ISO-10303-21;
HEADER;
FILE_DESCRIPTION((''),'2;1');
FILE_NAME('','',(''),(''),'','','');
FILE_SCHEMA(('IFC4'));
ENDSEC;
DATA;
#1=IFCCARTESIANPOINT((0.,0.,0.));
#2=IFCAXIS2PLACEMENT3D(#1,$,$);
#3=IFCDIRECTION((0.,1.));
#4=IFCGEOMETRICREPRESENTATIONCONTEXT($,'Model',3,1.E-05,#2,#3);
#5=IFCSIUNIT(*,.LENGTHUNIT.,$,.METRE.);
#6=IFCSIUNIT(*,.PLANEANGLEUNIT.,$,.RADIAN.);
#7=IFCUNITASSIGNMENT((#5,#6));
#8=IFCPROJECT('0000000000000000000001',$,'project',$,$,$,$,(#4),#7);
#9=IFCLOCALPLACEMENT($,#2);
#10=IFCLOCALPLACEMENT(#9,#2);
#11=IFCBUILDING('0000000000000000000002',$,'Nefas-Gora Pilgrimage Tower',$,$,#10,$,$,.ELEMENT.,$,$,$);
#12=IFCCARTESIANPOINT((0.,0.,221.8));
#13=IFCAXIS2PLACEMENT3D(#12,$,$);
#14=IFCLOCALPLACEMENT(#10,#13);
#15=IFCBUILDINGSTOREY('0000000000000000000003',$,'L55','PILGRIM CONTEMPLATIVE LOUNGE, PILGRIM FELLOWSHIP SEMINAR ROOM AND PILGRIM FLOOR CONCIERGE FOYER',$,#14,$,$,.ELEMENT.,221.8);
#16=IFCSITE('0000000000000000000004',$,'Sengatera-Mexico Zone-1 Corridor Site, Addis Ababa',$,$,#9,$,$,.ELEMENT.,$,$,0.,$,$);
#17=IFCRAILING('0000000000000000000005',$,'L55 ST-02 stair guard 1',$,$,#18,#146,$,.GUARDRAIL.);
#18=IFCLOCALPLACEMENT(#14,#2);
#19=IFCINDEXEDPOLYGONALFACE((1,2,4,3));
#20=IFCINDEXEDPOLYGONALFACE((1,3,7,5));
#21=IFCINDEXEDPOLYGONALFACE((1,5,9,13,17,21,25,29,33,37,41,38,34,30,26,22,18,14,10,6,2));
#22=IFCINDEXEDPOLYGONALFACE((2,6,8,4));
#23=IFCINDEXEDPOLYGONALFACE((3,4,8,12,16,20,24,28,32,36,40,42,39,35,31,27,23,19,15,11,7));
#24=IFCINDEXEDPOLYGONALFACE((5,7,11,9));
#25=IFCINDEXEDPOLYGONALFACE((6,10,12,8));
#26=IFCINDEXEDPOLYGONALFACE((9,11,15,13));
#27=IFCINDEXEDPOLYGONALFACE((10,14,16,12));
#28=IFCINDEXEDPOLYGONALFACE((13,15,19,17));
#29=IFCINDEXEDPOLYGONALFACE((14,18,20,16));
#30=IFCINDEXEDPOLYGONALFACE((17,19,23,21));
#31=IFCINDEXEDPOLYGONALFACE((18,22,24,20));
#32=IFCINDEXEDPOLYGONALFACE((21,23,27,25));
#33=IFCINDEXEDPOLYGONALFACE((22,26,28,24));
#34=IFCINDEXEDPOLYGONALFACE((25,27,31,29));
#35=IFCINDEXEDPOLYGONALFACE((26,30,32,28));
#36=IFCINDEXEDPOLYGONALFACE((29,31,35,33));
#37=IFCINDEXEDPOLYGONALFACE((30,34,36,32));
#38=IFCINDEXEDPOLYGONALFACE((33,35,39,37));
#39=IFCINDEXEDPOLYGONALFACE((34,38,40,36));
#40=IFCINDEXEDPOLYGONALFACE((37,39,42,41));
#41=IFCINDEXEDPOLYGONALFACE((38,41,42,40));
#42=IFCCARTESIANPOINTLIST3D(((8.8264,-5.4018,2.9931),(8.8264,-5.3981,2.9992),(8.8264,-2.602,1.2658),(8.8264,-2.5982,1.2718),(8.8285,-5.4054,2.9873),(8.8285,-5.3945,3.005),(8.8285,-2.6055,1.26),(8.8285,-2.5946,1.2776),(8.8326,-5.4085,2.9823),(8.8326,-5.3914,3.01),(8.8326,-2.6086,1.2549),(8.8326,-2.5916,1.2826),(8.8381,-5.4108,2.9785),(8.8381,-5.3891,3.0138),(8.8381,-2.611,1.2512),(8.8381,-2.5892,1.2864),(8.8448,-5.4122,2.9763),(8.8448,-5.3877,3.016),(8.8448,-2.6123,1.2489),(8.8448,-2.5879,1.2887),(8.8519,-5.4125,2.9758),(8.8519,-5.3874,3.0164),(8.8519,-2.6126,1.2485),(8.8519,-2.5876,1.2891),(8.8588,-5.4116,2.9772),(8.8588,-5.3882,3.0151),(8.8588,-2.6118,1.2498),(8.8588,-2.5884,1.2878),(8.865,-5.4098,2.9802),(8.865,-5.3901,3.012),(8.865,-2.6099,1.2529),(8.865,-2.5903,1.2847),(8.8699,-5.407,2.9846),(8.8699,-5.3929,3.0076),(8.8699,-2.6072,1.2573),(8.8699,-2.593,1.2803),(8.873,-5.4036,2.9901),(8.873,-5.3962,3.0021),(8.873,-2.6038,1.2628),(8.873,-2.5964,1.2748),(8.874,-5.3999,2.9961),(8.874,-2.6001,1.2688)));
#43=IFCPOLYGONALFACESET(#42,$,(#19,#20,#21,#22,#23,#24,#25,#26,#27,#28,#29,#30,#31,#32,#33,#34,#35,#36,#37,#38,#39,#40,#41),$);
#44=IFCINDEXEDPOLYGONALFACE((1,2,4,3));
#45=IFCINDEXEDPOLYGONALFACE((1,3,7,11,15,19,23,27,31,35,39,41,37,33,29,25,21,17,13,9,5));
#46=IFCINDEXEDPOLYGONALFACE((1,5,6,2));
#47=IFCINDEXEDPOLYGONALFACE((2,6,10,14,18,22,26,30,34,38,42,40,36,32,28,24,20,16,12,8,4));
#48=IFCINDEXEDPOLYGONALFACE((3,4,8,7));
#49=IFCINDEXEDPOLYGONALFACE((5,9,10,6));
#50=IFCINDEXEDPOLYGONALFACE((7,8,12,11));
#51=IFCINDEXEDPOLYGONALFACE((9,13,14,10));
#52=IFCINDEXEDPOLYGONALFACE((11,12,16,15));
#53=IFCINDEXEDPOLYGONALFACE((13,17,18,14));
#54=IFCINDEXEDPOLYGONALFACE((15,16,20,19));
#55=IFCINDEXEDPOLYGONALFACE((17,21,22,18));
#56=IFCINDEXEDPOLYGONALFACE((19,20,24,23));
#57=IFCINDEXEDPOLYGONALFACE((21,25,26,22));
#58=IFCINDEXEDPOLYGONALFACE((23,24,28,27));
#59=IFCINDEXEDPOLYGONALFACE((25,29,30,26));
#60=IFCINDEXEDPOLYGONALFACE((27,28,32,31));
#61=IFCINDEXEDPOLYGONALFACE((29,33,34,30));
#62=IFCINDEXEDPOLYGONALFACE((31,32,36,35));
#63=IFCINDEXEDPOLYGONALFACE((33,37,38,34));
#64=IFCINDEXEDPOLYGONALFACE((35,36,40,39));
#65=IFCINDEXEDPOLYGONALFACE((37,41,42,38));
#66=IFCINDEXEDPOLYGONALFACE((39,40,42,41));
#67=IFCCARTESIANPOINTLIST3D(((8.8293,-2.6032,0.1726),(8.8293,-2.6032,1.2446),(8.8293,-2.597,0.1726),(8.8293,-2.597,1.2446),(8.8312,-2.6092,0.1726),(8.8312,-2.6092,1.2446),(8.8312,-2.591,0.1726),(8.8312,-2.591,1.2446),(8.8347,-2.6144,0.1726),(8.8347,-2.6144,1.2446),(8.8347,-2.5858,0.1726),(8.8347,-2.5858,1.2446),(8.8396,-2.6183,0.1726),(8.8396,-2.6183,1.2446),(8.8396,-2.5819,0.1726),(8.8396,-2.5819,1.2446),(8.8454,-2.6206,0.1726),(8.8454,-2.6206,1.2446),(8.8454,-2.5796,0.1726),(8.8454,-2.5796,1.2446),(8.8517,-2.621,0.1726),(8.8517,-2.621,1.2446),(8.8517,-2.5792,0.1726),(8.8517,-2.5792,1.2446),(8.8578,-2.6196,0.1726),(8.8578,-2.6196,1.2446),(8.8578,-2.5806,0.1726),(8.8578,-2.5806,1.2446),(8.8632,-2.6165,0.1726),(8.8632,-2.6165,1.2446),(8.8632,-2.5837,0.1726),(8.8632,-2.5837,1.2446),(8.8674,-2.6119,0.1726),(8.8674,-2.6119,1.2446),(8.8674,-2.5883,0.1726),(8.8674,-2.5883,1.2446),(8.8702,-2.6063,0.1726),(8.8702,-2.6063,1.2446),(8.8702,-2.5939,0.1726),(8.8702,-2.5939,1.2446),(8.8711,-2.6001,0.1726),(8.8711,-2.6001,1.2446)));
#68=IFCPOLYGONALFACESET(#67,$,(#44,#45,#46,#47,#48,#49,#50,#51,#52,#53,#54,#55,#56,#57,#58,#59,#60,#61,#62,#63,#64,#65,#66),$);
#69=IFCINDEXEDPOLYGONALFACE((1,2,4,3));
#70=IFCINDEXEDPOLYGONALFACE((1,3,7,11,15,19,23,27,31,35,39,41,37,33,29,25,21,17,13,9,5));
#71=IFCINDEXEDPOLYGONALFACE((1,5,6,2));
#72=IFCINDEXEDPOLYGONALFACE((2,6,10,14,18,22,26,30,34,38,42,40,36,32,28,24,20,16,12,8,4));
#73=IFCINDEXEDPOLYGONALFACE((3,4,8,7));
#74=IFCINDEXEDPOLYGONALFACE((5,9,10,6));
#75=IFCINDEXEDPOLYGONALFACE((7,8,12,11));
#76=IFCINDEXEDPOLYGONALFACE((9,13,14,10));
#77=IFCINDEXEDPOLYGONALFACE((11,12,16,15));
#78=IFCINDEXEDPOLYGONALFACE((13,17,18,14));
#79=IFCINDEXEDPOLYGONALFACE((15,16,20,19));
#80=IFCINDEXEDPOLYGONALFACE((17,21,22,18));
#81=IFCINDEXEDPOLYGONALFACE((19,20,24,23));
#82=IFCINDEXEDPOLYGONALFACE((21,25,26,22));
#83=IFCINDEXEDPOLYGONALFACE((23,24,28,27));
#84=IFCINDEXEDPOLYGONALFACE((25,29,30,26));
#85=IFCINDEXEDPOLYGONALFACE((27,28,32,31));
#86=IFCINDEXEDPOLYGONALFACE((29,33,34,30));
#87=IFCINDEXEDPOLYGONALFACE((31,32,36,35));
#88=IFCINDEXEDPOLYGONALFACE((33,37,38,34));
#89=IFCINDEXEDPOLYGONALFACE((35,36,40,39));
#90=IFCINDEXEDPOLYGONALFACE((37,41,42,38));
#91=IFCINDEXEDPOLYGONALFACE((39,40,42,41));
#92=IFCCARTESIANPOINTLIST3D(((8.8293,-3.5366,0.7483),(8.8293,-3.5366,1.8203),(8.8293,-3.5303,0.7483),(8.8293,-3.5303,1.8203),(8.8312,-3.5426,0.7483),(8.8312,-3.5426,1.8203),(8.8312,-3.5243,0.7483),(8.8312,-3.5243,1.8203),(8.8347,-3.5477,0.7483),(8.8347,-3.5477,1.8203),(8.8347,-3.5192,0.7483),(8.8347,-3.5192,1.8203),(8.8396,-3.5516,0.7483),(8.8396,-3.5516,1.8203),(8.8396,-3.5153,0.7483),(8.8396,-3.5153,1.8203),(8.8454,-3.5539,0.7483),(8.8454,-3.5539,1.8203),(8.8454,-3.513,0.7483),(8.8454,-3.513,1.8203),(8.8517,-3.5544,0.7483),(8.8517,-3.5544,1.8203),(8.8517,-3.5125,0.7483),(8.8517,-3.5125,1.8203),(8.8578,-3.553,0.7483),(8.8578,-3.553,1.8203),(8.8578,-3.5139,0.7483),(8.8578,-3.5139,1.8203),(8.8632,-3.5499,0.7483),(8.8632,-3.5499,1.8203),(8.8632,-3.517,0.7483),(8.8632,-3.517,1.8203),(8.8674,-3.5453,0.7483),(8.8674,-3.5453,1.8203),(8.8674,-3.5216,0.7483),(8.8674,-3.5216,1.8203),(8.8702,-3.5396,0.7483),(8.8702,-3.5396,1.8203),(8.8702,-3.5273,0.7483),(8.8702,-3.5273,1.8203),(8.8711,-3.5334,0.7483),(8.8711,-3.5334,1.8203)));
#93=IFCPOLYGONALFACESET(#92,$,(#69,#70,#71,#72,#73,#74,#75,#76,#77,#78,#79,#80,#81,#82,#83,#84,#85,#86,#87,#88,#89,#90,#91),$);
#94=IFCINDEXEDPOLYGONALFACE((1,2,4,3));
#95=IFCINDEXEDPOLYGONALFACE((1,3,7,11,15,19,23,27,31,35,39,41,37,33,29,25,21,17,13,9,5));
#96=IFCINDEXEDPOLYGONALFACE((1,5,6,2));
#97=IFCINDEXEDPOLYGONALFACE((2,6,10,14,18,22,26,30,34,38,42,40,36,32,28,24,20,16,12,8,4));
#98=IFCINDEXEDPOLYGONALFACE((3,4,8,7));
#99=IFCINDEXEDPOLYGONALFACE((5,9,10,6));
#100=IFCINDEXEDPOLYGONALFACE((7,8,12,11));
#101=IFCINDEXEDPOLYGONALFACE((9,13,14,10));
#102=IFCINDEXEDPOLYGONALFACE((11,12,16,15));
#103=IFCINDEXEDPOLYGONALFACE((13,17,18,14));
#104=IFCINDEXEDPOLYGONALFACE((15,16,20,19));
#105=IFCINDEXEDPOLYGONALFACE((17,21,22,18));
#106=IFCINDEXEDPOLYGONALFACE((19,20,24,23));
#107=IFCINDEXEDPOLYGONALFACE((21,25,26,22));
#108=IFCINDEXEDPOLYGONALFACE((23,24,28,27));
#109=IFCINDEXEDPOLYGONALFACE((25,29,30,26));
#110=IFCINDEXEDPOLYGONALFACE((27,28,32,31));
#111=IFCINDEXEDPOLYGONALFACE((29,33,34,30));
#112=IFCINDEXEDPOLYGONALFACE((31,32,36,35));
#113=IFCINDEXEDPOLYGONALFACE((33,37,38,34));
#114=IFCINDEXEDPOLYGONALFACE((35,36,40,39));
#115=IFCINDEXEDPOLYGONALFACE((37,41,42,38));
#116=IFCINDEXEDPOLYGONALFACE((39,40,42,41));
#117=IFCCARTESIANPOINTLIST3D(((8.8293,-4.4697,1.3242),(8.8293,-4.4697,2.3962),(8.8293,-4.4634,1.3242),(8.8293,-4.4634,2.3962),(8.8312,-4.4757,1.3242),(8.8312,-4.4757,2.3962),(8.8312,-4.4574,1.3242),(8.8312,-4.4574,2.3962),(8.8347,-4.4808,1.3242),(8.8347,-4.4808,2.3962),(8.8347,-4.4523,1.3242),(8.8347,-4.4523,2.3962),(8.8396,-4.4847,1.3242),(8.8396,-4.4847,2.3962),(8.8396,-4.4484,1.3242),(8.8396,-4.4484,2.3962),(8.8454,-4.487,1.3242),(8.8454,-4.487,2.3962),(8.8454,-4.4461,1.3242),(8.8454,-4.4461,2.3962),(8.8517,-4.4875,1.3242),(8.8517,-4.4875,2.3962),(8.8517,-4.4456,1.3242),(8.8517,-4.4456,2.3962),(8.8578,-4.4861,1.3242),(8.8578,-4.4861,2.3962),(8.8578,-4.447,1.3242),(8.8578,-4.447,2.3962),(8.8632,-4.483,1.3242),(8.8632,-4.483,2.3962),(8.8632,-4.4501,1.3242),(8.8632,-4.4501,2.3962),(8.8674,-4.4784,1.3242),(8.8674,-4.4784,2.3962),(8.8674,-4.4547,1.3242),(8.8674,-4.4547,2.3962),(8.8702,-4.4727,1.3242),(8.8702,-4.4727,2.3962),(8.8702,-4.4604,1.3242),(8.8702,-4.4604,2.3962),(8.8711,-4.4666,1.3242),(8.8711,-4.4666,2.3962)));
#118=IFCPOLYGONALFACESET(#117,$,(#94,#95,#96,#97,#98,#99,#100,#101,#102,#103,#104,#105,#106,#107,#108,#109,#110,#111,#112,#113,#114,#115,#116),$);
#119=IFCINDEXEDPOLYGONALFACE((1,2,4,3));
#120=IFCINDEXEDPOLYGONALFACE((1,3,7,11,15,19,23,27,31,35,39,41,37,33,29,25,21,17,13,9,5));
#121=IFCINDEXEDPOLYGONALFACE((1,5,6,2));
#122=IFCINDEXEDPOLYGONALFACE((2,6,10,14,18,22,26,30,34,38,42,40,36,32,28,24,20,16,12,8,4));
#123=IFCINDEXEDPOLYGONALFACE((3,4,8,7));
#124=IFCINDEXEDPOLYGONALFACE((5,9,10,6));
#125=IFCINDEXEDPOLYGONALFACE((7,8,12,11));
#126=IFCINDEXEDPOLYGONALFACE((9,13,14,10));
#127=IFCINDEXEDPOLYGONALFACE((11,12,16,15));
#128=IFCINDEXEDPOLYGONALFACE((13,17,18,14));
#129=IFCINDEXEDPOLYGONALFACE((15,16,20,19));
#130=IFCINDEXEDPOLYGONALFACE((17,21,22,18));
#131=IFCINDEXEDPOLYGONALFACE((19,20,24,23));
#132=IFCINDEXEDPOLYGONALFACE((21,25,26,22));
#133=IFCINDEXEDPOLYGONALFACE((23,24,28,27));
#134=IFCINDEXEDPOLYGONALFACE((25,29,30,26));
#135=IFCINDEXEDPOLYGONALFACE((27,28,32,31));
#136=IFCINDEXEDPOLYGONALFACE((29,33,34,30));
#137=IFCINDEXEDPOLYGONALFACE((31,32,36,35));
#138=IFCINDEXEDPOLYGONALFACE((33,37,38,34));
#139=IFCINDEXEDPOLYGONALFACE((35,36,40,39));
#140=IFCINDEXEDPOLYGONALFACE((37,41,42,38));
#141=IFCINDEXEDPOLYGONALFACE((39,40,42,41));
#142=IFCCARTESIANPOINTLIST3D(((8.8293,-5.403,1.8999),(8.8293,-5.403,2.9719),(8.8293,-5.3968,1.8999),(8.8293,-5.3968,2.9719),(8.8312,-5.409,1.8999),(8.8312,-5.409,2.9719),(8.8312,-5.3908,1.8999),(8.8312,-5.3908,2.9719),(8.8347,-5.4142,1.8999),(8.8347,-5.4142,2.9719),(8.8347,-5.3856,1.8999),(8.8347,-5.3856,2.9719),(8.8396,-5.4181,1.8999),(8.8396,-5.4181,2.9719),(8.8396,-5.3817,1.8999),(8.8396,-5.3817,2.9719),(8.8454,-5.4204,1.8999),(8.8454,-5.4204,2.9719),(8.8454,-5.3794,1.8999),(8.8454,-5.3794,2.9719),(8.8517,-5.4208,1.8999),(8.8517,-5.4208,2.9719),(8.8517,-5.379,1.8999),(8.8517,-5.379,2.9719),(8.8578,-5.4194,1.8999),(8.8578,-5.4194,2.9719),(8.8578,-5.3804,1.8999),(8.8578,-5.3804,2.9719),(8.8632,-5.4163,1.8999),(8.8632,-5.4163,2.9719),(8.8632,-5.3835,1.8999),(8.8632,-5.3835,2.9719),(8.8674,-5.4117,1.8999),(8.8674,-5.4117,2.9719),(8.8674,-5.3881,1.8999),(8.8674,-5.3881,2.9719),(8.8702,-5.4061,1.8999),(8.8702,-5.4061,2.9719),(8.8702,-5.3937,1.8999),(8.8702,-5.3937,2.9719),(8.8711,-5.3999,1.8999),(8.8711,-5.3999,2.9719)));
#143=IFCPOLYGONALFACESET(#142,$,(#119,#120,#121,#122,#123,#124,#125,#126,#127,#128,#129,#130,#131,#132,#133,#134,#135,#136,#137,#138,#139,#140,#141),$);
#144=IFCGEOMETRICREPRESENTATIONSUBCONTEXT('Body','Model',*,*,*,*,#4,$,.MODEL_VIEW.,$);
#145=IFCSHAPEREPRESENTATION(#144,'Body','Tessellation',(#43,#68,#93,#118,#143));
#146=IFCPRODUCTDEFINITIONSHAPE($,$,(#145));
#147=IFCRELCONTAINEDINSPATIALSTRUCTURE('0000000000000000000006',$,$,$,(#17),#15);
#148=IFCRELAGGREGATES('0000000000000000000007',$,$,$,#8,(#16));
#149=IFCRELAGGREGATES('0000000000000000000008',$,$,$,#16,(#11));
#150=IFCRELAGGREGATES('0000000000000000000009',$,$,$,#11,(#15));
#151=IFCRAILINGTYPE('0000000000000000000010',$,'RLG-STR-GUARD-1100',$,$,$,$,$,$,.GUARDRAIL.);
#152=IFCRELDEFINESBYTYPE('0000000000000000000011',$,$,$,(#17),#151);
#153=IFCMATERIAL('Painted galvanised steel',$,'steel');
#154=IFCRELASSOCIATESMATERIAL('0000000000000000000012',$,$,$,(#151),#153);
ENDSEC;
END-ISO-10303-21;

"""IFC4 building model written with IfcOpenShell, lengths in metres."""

from ifc_helpers import new_model, si_unit, direction, frame, origin, origin_2d, place, context, subcontext, project, spatial, circle, extrude, material, type_object, element, save


model = new_model("IFC4")

# Units and contexts
model_context = context("Model", 3, precision=1e-05, world=origin(), true_north=direction((0.0, 1.0)))
body_context = subcontext(model_context, "Body", "Model", "MODEL_VIEW")
ifc_project = project(units=[si_unit("LENGTHUNIT", "METRE"), si_unit("PLANEANGLEUNIT", "RADIAN")], contexts=[model_context])

# Site, building, storey
site_placement = place(None, origin())
site = spatial("IfcSite", under=ifc_project, at=site_placement, Name="Sengatera-Mexico Zone-1 Corridor Site, Addis Ababa", CompositionType="ELEMENT", RefElevation=0.0)
building_placement = place(site_placement, origin())
building = spatial("IfcBuilding", under=site, at=building_placement, Name="Nefas-Gora Pilgrimage Tower", CompositionType="ELEMENT")
storey_placement = place(building_placement, frame((0.0, 0.0, 221.8)))
storey = spatial("IfcBuildingStorey", under=building, at=storey_placement, Name="L55", Description="PILGRIM CONTEMPLATIVE LOUNGE, PILGRIM FELLOWSHIP SEMINAR ROOM AND PILGRIM FLOOR CONCIERGE FOYER", CompositionType="ELEMENT", Elevation=221.8)

# Railing
ifc_material_1 = material(Name="Painted galvanised steel", Category="steel")
railing_type_1 = type_object("IfcRailingType", Name="RLG-STR-GUARD-1100", PredefinedType="GUARDRAIL", material=ifc_material_1)
railing_1_placement = place(storey_placement, frame((8.8501, -2.6001, 0.1726)))
element("IfcRailing", 1, at=railing_1_placement, inside=storey, type_object=railing_type_1, Name="L55 ST-02 stair guard 1", PredefinedType="GUARDRAIL", context=body_context, shape_type="SweptSolid", body=[
    extrude(circle(Radius=0.0239, at=origin_2d()), frame((0.0, 0.0, 1.0962), z_axis=(0.0, -0.851069, 0.525054), x_axis=(1.0, 0.0, 0.0)), (0.0, 0.0, 1.0), 3.2898),
    extrude(circle(Radius=0.021, at=origin_2d()), origin(), (0.0, 0.0, 1.0), 1.072),
    extrude(circle(Radius=0.021, at=origin_2d()), frame((0.0, -0.9333, 0.5757)), (0.0, 0.0, 1.0), 1.072),
    extrude(circle(Radius=0.021, at=origin_2d()), frame((0.0, -1.8665, 1.1516)), (0.0, 0.0, 1.0), 1.072),
    extrude(circle(Radius=0.021, at=origin_2d()), frame((0.0, -2.7998, 1.7273)), (0.0, 0.0, 1.0), 1.072),
])

save(model, "model.ifc")
